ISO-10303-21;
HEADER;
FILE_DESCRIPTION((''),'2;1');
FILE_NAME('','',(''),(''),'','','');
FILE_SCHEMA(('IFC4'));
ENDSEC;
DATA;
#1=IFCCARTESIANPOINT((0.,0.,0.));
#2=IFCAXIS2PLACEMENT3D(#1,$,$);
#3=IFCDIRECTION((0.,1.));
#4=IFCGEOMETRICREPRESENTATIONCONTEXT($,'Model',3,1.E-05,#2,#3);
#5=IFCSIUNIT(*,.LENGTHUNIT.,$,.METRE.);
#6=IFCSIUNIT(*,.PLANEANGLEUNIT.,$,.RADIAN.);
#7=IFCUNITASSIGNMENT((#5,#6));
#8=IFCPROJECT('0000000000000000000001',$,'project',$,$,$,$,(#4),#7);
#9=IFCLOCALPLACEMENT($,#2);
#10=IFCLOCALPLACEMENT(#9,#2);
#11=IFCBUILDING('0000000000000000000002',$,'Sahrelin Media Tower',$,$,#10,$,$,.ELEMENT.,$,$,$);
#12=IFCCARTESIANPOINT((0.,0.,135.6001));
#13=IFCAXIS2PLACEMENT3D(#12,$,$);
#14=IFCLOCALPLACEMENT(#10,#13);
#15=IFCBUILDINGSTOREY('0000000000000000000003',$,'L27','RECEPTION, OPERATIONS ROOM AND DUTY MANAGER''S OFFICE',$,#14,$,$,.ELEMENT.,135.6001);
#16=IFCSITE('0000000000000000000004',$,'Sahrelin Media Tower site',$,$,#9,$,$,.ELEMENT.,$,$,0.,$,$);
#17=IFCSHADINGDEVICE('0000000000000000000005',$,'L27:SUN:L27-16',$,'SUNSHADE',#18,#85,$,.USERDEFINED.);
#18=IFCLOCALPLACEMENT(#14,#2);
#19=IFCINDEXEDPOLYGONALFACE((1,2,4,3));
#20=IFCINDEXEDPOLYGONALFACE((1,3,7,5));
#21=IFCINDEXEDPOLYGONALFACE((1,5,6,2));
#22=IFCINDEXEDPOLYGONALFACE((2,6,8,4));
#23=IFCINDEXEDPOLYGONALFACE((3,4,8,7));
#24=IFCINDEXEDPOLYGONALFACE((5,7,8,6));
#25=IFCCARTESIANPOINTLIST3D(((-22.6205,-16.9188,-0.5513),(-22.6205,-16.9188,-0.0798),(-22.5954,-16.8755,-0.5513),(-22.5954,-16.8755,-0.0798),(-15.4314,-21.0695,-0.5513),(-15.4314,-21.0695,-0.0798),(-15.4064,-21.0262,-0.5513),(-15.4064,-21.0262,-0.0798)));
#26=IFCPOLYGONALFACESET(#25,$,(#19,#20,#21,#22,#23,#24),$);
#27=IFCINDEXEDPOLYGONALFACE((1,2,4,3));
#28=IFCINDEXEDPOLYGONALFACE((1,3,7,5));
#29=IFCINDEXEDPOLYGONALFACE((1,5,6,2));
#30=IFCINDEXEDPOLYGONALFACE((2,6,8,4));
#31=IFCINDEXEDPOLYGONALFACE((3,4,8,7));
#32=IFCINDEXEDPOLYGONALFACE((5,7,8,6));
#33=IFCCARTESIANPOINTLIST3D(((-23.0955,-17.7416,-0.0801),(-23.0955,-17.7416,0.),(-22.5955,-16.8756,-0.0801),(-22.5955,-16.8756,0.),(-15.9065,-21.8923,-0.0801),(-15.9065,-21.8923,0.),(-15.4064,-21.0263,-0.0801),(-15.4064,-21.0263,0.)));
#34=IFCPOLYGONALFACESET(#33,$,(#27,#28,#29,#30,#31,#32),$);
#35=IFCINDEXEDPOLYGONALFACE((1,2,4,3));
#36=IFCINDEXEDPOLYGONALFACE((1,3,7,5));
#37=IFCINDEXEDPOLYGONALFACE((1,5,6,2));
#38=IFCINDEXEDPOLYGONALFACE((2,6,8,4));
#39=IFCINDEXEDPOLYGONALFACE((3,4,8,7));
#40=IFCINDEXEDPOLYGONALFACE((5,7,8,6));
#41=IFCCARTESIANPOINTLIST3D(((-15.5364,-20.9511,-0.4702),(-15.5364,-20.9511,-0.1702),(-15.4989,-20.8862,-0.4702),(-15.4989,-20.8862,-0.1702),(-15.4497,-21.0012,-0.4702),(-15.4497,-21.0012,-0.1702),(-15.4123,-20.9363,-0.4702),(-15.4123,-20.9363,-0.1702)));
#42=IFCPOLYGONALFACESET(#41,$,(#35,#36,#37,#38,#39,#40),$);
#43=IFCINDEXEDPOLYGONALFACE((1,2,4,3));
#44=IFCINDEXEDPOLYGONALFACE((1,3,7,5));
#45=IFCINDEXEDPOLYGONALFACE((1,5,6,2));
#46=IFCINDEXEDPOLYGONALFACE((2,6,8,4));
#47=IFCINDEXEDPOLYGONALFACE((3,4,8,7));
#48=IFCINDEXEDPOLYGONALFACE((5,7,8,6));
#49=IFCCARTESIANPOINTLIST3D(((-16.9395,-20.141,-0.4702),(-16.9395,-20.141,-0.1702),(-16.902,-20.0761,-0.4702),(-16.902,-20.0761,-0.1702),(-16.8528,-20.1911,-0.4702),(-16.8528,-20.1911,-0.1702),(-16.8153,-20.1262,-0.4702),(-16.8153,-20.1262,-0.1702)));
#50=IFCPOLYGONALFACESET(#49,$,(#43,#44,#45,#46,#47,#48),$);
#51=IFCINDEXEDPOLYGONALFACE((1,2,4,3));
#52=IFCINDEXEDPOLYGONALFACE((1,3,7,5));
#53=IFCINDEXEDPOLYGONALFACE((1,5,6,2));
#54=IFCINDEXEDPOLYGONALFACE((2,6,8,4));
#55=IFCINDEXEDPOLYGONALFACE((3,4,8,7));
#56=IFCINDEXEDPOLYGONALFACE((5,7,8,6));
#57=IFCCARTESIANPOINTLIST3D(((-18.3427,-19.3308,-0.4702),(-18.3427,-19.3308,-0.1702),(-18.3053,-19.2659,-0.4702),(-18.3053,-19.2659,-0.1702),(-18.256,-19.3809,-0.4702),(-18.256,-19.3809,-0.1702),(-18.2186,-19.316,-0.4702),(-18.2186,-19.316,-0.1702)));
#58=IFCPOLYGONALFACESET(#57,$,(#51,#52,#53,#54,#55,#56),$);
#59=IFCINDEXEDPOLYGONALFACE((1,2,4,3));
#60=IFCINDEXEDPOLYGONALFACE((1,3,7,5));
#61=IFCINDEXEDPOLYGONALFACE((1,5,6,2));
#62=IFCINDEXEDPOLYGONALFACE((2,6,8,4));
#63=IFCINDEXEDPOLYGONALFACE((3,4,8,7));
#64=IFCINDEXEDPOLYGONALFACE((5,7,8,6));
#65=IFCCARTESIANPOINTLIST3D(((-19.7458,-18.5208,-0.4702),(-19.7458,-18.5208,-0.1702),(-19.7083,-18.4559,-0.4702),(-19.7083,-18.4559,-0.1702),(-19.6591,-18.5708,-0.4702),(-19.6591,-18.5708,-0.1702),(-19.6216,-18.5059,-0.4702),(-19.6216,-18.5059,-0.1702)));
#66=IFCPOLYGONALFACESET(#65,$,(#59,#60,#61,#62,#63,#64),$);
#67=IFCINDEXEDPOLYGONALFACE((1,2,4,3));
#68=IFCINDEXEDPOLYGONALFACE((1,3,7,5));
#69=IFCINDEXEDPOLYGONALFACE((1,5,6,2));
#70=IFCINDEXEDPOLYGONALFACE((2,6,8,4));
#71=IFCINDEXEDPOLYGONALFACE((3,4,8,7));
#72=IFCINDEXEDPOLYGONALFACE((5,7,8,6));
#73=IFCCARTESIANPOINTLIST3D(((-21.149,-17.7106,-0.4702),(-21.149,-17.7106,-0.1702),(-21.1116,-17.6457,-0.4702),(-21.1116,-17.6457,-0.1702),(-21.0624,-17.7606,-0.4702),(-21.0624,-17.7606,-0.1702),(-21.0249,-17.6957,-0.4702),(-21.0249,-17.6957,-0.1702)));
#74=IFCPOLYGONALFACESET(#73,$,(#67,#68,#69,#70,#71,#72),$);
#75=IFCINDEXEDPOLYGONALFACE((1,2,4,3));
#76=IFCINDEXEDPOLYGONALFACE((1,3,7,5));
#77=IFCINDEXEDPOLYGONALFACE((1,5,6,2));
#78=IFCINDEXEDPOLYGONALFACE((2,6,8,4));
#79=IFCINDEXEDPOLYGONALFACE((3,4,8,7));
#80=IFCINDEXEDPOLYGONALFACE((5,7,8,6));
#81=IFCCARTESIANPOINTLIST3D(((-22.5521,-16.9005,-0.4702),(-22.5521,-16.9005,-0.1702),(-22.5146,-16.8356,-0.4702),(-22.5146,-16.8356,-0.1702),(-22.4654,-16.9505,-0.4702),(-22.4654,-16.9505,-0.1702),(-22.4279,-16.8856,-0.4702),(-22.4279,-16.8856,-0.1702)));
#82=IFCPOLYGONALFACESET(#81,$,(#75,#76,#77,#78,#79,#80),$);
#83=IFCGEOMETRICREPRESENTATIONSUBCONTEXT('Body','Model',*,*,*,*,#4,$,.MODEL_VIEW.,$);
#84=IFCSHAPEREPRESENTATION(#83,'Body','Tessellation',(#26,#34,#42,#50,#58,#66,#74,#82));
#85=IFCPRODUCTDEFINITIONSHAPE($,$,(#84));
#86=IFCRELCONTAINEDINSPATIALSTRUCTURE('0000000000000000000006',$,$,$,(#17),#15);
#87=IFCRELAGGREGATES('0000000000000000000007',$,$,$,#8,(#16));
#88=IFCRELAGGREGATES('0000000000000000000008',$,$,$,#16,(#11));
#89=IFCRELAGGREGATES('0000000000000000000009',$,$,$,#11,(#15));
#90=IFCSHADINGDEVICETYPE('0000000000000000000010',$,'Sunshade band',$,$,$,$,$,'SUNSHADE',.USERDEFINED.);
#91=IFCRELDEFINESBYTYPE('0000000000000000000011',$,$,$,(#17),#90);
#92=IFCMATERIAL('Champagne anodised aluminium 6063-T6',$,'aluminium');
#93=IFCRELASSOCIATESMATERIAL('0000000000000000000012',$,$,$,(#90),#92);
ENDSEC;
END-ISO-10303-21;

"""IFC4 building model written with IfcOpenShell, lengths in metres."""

from ifc_helpers import new_model, si_unit, direction, frame, origin, origin_2d, place, context, subcontext, project, spatial, rectangle, extrude, material, type_object, element, save


model = new_model("IFC4")

# Units and contexts
model_context = context("Model", 3, precision=1e-05, world=origin(), true_north=direction((0.0, 1.0)))
body_context = subcontext(model_context, "Body", "Model", "MODEL_VIEW")
ifc_project = project(units=[si_unit("LENGTHUNIT", "METRE"), si_unit("PLANEANGLEUNIT", "RADIAN")], contexts=[model_context])

# Site, building, storey
site_placement = place(None, origin())
site = spatial("IfcSite", under=ifc_project, at=site_placement, Name="Sahrelin Media Tower site", CompositionType="ELEMENT", RefElevation=0.0)
building_placement = place(site_placement, origin())
building = spatial("IfcBuilding", under=site, at=building_placement, Name="Sahrelin Media Tower", CompositionType="ELEMENT")
storey_placement = place(building_placement, frame((0.0, 0.0, 135.6001)))
storey = spatial("IfcBuildingStorey", under=building, at=storey_placement, Name="L27", Description="RECEPTION, OPERATIONS ROOM AND DUTY MANAGER'S OFFICE", CompositionType="ELEMENT", Elevation=135.6001)

# Shared definitions
ifc_material_1 = material(Name="Champagne anodised aluminium 6063-T6", Category="aluminium")

# Shading device
shading_device_type_1 = type_object("IfcShadingDeviceType", Name="Sunshade band", ElementType="SUNSHADE", PredefinedType="USERDEFINED", material=ifc_material_1)
shading_device_1_placement = place(storey_placement, frame((-18.991, -18.9336, 0.0), z_axis=(0.0, 0.0, 1.0), x_axis=(-0.866019, 0.500011, 0.0)))
element("IfcShadingDevice", 1, at=shading_device_1_placement, inside=storey, type_object=shading_device_type_1, Name="L27:SUN:L27-16", ObjectType="SUNSHADE", PredefinedType="USERDEFINED", context=body_context, shape_type="SweptSolid", body=[
    extrude(rectangle(XDim=8.3013, YDim=0.05, at=origin_2d()), frame((0.0, 0.0449, -0.5513)), (0.0, 0.0, 1.0), 0.4714),
    extrude(rectangle(XDim=8.3013, YDim=1.0, at=origin_2d()), frame((0.0, 0.52, -0.0801)), (0.0, 0.0, 1.0), 0.0801),
    extrude(rectangle(XDim=0.1001, YDim=0.075, at=origin_2d()), frame((-4.0505, -0.0176, -0.4702)), (0.0, 0.0, 1.0), 0.3),
    extrude(rectangle(XDim=0.1001, YDim=0.075, at=origin_2d()), frame((-2.4304, -0.0176, -0.4702)), (0.0, 0.0, 1.0), 0.3),
    extrude(rectangle(XDim=0.1001, YDim=0.075, at=origin_2d()), frame((-0.8101, -0.0176, -0.4702)), (0.0, 0.0, 1.0), 0.3),
    extrude(rectangle(XDim=0.1001, YDim=0.075, at=origin_2d()), frame((0.8101, -0.0176, -0.4702)), (0.0, 0.0, 1.0), 0.3),
    extrude(rectangle(XDim=0.1001, YDim=0.075, at=origin_2d()), frame((2.4304, -0.0176, -0.4702)), (0.0, 0.0, 1.0), 0.3),
    extrude(rectangle(XDim=0.1001, YDim=0.075, at=origin_2d()), frame((4.0505, -0.0176, -0.4702)), (0.0, 0.0, 1.0), 0.3),
])

save(model, "model.ifc")
